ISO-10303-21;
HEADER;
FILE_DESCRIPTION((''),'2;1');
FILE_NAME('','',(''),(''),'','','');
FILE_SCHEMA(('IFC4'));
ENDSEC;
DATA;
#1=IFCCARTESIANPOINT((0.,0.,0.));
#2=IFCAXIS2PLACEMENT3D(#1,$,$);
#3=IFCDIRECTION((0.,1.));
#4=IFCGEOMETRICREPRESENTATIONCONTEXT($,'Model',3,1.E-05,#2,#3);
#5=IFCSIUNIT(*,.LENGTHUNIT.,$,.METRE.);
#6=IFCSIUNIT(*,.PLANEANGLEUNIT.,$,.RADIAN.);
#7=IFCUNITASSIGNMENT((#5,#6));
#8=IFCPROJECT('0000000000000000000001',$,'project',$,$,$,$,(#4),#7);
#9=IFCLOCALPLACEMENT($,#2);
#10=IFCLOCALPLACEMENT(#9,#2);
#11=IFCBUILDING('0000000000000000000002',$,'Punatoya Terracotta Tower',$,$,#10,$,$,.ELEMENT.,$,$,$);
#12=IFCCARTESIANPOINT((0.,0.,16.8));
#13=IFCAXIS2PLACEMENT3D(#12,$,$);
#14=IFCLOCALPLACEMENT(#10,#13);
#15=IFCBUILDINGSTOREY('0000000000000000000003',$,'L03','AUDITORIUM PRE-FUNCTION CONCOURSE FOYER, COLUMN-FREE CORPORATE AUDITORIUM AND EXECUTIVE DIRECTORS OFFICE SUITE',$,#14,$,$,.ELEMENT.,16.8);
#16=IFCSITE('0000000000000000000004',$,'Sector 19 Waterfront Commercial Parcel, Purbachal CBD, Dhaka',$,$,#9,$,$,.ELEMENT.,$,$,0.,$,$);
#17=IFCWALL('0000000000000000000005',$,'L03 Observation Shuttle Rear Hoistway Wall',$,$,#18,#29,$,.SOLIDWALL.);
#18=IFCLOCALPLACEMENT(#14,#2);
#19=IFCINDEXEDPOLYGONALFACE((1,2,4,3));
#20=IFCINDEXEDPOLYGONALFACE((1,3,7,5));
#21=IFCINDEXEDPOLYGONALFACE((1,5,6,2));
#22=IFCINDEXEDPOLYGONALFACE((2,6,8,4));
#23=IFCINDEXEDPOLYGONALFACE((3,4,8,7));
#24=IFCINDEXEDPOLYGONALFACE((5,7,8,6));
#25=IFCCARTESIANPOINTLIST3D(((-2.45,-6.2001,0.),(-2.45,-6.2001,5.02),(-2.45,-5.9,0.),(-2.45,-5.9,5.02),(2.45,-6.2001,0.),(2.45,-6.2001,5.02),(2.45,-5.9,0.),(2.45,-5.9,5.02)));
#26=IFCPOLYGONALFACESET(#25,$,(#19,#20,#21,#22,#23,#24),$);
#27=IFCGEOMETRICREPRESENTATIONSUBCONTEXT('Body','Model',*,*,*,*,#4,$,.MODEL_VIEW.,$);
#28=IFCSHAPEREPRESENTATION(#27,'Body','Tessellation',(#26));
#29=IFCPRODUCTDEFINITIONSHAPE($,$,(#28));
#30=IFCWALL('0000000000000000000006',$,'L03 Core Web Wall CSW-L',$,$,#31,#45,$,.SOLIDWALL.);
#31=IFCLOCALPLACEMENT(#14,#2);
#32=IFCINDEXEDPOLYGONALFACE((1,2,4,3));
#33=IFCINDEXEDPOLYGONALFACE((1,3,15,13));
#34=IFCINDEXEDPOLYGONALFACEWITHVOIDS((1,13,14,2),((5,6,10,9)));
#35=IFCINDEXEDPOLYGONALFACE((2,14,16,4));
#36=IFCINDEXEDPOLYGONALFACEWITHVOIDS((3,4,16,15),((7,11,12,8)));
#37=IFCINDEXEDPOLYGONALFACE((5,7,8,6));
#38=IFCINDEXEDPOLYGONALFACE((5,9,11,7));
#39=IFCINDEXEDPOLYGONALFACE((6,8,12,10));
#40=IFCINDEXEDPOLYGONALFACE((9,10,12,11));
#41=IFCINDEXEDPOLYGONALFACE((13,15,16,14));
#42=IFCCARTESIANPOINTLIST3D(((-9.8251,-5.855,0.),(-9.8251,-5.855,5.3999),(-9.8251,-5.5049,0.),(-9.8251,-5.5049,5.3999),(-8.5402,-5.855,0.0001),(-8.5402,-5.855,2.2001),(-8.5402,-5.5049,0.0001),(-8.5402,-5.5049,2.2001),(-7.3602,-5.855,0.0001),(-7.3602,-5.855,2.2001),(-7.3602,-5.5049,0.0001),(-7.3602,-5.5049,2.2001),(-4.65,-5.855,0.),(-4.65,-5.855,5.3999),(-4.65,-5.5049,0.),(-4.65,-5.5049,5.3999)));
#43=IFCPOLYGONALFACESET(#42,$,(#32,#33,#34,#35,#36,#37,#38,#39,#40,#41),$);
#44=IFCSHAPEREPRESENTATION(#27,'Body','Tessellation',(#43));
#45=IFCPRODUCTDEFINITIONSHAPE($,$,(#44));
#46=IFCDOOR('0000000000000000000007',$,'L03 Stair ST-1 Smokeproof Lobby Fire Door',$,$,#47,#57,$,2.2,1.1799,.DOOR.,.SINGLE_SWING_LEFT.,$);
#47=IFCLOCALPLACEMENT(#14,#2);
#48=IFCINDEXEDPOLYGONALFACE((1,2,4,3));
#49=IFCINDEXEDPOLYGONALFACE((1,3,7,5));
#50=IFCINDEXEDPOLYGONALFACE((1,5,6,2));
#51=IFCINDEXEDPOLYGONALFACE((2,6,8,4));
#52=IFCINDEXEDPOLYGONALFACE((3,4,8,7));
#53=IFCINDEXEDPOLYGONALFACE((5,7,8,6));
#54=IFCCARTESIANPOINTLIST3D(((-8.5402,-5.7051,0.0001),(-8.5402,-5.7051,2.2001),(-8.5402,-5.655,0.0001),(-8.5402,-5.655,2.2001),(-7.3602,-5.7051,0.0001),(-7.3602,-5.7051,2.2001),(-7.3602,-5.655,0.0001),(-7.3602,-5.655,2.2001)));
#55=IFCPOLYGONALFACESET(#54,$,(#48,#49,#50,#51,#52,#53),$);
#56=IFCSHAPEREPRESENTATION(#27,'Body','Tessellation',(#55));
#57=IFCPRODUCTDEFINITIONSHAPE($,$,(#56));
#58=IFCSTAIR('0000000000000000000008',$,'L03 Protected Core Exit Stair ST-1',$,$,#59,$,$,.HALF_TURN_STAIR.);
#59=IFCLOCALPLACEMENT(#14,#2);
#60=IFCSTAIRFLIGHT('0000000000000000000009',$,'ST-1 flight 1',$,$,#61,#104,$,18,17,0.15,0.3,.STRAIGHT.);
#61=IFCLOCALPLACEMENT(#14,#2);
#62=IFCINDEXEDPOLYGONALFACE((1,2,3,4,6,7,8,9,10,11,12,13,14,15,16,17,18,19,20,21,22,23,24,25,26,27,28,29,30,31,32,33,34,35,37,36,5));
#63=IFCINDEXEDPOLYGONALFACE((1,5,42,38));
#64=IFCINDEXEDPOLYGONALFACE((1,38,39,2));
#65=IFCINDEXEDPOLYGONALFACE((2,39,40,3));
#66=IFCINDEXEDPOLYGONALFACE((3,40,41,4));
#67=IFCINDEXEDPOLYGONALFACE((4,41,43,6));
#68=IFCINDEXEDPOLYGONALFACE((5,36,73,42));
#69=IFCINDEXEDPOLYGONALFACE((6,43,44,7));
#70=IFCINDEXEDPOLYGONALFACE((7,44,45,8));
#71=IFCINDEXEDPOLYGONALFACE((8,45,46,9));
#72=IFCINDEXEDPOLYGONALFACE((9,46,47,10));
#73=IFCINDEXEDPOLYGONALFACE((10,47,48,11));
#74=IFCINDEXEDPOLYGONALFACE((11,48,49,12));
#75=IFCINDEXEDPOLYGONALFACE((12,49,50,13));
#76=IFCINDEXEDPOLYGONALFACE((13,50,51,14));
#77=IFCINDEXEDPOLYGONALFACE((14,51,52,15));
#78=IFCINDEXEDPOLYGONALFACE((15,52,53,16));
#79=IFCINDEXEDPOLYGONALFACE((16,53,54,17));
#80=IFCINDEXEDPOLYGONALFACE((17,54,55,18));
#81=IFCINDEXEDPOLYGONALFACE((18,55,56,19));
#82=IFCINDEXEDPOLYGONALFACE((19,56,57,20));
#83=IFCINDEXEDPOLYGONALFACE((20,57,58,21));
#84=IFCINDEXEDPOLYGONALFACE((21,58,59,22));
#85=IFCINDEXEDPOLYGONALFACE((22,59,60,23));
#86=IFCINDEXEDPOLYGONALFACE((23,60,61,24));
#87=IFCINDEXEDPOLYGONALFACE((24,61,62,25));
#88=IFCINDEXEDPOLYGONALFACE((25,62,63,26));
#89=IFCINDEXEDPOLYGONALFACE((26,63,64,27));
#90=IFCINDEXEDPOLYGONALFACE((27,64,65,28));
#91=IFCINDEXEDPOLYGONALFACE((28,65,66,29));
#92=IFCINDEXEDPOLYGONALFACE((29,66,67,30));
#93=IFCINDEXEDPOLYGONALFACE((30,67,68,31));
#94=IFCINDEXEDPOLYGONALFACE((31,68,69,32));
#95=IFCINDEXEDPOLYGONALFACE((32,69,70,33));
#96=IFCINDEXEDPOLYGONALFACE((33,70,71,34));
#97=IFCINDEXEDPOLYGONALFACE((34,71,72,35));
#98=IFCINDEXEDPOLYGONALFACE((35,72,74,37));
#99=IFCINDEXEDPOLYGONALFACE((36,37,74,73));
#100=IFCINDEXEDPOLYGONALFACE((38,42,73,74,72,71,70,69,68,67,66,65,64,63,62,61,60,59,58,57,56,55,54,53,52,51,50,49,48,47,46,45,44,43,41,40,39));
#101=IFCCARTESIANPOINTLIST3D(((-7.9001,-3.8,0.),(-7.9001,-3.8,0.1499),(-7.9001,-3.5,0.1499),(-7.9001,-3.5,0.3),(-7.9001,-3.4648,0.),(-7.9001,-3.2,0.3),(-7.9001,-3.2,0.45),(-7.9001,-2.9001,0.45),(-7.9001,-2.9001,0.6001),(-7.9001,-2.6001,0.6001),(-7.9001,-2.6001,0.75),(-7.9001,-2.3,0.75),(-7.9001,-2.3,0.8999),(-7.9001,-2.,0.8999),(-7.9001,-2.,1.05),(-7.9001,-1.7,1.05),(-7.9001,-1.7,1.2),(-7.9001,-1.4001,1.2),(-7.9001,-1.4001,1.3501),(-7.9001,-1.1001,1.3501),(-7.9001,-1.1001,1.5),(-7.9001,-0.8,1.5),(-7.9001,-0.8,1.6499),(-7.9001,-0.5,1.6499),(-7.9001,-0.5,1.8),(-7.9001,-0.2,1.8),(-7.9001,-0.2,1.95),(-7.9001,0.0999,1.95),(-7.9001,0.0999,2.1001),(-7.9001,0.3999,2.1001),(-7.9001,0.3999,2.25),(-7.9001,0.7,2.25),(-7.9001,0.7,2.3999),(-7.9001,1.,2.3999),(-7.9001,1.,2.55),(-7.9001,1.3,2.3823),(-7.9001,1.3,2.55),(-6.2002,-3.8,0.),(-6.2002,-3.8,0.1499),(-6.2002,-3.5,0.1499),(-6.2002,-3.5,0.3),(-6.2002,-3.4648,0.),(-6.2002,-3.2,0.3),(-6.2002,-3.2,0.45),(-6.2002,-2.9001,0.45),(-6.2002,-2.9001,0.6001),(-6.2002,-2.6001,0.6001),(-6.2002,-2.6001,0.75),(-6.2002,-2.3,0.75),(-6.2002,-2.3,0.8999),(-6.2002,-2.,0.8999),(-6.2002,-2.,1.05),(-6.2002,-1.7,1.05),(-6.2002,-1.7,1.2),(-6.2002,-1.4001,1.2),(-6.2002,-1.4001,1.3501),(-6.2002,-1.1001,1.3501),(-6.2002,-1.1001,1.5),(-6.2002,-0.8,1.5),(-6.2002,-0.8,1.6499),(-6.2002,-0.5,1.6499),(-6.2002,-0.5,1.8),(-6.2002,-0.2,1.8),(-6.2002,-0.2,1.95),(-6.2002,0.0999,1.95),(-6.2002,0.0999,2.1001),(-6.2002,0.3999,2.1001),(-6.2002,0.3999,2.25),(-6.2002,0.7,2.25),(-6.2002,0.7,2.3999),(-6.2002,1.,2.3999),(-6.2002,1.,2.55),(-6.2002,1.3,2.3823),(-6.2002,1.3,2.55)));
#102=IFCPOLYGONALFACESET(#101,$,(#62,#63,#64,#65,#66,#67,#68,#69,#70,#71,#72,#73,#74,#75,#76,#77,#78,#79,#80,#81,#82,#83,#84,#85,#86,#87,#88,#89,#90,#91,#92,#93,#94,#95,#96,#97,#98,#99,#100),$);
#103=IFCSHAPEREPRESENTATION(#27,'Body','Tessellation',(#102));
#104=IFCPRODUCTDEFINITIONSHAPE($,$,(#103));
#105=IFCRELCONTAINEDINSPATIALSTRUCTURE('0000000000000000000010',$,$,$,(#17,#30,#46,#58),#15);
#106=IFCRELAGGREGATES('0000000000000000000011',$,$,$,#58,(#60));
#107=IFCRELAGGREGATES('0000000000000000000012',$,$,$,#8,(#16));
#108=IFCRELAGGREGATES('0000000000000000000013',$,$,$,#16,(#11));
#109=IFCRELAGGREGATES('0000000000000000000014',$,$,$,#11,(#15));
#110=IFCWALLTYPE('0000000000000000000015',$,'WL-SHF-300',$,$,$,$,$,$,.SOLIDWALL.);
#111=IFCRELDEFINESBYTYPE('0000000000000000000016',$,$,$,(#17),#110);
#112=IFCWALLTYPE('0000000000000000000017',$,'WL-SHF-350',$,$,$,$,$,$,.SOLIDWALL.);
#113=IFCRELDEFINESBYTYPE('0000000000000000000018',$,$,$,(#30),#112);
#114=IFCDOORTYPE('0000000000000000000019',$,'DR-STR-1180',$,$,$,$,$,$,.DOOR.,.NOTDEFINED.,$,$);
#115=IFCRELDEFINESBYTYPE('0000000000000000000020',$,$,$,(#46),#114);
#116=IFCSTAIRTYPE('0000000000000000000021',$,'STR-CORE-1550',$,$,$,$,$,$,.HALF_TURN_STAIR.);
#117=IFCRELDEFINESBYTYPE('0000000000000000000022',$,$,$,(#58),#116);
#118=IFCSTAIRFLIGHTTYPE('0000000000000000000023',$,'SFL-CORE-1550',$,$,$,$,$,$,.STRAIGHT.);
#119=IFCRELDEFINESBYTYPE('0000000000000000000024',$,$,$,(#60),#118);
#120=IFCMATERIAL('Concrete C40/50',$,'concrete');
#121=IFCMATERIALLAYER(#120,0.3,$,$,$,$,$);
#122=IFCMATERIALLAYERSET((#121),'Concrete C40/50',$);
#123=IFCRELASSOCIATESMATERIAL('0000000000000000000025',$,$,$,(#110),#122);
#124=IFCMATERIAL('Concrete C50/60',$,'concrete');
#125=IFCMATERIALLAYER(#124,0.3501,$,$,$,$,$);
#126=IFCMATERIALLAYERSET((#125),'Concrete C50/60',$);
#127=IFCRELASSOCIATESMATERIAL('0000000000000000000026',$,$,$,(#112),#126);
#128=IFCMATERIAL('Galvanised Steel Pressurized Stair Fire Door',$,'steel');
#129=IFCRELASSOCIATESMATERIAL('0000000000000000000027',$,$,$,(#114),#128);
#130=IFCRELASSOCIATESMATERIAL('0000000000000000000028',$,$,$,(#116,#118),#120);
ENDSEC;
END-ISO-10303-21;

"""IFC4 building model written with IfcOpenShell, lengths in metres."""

from ifc_helpers import new_model, si_unit, direction, frame, frame_2d, origin, place, context, subcontext, project, spatial, polyline, rectangle, outline, extrude, material, layer, layer_set, type_object, element, fill, aggregate, save


model = new_model("IFC4")

# Units and contexts
model_context = context("Model", 3, precision=1e-05, world=origin(), true_north=direction((0.0, 1.0)))
body_context = subcontext(model_context, "Body", "Model", "MODEL_VIEW")
ifc_project = project(units=[si_unit("LENGTHUNIT", "METRE"), si_unit("PLANEANGLEUNIT", "RADIAN")], contexts=[model_context])

# Site, building, storey
site_placement = place(None, origin())
site = spatial("IfcSite", under=ifc_project, at=site_placement, Name="Sector 19 Waterfront Commercial Parcel, Purbachal CBD, Dhaka", CompositionType="ELEMENT", RefElevation=0.0)
building_placement = place(site_placement, origin())
building = spatial("IfcBuilding", under=site, at=building_placement, Name="Punatoya Terracotta Tower", CompositionType="ELEMENT")
storey_placement = place(building_placement, frame((0.0, 0.0, 16.8)))
storey = spatial("IfcBuildingStorey", under=building, at=storey_placement, Name="L03", Description="AUDITORIUM PRE-FUNCTION CONCOURSE FOYER, COLUMN-FREE CORPORATE AUDITORIUM AND EXECUTIVE DIRECTORS OFFICE SUITE", CompositionType="ELEMENT", Elevation=16.8)

# Shared definitions
ifc_material_1 = material(Name="Concrete C40/50", Category="concrete")

# Shared definitions
ifc_layer_1 = layer(ifc_material_1, 0.3)
ifc_layer_set_1 = layer_set([ifc_layer_1], Name="Concrete C40/50")
wall_type_1 = type_object("IfcWallType", Name="WL-SHF-300", PredefinedType="SOLIDWALL", material=ifc_layer_set_1)

# Wall
wall_1_placement = place(storey_placement, frame((-2.45, -6.05, 0.0), z_axis=(0.0, 0.0, 1.0), x_axis=(1.0, 0.0, 0.0)))
element("IfcWall", 1, at=wall_1_placement, inside=storey, type_object=wall_type_1, Name="L03 Observation Shuttle Rear Hoistway Wall", PredefinedType="SOLIDWALL", context=body_context, shape_type="SweptSolid", body=[
    extrude(rectangle(XDim=4.8999, YDim=0.3, at=frame_2d((2.45, 0.0))), origin(), (0.0, 0.0, 1.0), 5.02),
])

# Wall, opening, door
ifc_material_2 = material(Name="Concrete C50/60", Category="concrete")
ifc_layer_2 = layer(ifc_material_2, 0.3501)
ifc_layer_set_2 = layer_set([ifc_layer_2], Name="Concrete C50/60")
wall_type_2 = type_object("IfcWallType", Name="WL-SHF-350", PredefinedType="SOLIDWALL", material=ifc_layer_set_2)
wall_2_placement = place(storey_placement, frame((-9.825, -5.6799, 0.0), z_axis=(0.0, 0.0, 1.0), x_axis=(1.0, 0.0, 0.0)))
wall_2 = element("IfcWall", 2, at=wall_2_placement, inside=storey, type_object=wall_type_2, Name="L03 Core Web Wall CSW-L", PredefinedType="SOLIDWALL", context=body_context, shape_type="SweptSolid", body=[
    extrude(rectangle(XDim=5.175, YDim=0.3501, at=frame_2d((2.5874, 0.0))), origin(), (0.0, 0.0, 1.0), 5.3999),
])
opening_1_placement = place(wall_2_placement, frame((1.2849, 0.0, 0.0)))
opening_1 = element("IfcOpeningElement", 3, at=opening_1_placement, cuts=wall_2, PredefinedType="OPENING", context=body_context, shape_type="SweptSolid", body=[
    extrude(rectangle(XDim=1.1799, YDim=2.2, at=frame_2d((0.5898, 1.1001))), frame((0.0, 0.1851, 0.0), z_axis=(0.0, -1.0, 0.0), x_axis=(1.0, 0.0, 0.0)), (0.0, 0.0, 1.0), 0.3701),
])
ifc_material_3 = material(Name="Galvanised Steel Pressurized Stair Fire Door", Category="steel")
door_type_1 = type_object("IfcDoorType", Name="DR-STR-1180", OperationType="NOTDEFINED", PredefinedType="DOOR", material=ifc_material_3)
door_1_placement = place(opening_1_placement, origin())
door_1 = element("IfcDoor", 4, at=door_1_placement, inside=storey, type_object=door_type_1, Name="L03 Stair ST-1 Smokeproof Lobby Fire Door", OperationType="SINGLE_SWING_LEFT", OverallHeight=2.2, OverallWidth=1.1799, PredefinedType="DOOR", context=body_context, shape_type="SweptSolid", body=[
    extrude(rectangle(XDim=1.1799, YDim=2.2, at=frame_2d((0.5898, 1.1001))), frame((0.0, 0.0249, 0.0), z_axis=(0.0, -1.0, 0.0), x_axis=(1.0, 0.0, 0.0)), (0.0, 0.0, 1.0), 0.05),
])
fill(opening_1, door_1)

# Stair, stair flight
stair_type = type_object("IfcStairType", Name="STR-CORE-1550", PredefinedType="HALF_TURN_STAIR", material=ifc_material_1)
stair_placement = place(storey_placement, origin())
stair = element("IfcStair", 5, at=stair_placement, inside=storey, type_object=stair_type, Name="L03 Protected Core Exit Stair ST-1", PredefinedType="HALF_TURN_STAIR")
stair_flight_type = type_object("IfcStairFlightType", Name="SFL-CORE-1550", PredefinedType="STRAIGHT", material=ifc_material_1)
stair_flight_placement = place(storey_placement, frame((-7.05, -3.8, 0.0), z_axis=(0.0, 0.0, 1.0), x_axis=(0.0, 1.0, 0.0)))
stair_flight = element("IfcStairFlight", 6, at=stair_flight_placement, type_object=stair_flight_type, Name="ST-1 flight 1", NumberOfRisers=18, NumberOfTreads=17, PredefinedType="STRAIGHT", RiserHeight=0.15, TreadLength=0.3, context=body_context, shape_type="SweptSolid", body=[
    extrude(outline(polyline([(0.0, 0.0), (0.0, 0.1499), (0.3, 0.1499), (0.3, 0.3), (0.6001, 0.3), (0.6001, 0.45), (0.8999, 0.45), (0.8999, 0.6001), (1.2, 0.6001), (1.2, 0.75), (1.5, 0.75), (1.5, 0.8999), (1.8, 0.8999), (1.8, 1.05), (2.1001, 1.05), (2.1001, 1.2), (2.3999, 1.2), (2.3999, 1.3501), (2.7, 1.3501), (2.7, 1.5), (3.0, 1.5), (3.0, 1.6499), (3.3, 1.6499), (3.3, 1.8), (3.6001, 1.8), (3.6001, 1.95), (3.8999, 1.95), (3.8999, 2.1001), (4.2, 2.1001), (4.2, 2.25), (4.5, 2.25), (4.5, 2.3999), (4.8, 2.3999), (4.8, 2.55), (5.1001, 2.55), (5.1001, 2.7), (5.1001, 2.3823), (0.3352, 0.0), (0.0, 0.0)])), frame((0.0, 0.8501, 0.0), z_axis=(0.0, -1.0, 0.0), x_axis=(1.0, 0.0, 0.0)), (0.0, 0.0, 1.0), 1.7),
])
aggregate(stair, [stair_flight])

save(model, "model.ifc")
